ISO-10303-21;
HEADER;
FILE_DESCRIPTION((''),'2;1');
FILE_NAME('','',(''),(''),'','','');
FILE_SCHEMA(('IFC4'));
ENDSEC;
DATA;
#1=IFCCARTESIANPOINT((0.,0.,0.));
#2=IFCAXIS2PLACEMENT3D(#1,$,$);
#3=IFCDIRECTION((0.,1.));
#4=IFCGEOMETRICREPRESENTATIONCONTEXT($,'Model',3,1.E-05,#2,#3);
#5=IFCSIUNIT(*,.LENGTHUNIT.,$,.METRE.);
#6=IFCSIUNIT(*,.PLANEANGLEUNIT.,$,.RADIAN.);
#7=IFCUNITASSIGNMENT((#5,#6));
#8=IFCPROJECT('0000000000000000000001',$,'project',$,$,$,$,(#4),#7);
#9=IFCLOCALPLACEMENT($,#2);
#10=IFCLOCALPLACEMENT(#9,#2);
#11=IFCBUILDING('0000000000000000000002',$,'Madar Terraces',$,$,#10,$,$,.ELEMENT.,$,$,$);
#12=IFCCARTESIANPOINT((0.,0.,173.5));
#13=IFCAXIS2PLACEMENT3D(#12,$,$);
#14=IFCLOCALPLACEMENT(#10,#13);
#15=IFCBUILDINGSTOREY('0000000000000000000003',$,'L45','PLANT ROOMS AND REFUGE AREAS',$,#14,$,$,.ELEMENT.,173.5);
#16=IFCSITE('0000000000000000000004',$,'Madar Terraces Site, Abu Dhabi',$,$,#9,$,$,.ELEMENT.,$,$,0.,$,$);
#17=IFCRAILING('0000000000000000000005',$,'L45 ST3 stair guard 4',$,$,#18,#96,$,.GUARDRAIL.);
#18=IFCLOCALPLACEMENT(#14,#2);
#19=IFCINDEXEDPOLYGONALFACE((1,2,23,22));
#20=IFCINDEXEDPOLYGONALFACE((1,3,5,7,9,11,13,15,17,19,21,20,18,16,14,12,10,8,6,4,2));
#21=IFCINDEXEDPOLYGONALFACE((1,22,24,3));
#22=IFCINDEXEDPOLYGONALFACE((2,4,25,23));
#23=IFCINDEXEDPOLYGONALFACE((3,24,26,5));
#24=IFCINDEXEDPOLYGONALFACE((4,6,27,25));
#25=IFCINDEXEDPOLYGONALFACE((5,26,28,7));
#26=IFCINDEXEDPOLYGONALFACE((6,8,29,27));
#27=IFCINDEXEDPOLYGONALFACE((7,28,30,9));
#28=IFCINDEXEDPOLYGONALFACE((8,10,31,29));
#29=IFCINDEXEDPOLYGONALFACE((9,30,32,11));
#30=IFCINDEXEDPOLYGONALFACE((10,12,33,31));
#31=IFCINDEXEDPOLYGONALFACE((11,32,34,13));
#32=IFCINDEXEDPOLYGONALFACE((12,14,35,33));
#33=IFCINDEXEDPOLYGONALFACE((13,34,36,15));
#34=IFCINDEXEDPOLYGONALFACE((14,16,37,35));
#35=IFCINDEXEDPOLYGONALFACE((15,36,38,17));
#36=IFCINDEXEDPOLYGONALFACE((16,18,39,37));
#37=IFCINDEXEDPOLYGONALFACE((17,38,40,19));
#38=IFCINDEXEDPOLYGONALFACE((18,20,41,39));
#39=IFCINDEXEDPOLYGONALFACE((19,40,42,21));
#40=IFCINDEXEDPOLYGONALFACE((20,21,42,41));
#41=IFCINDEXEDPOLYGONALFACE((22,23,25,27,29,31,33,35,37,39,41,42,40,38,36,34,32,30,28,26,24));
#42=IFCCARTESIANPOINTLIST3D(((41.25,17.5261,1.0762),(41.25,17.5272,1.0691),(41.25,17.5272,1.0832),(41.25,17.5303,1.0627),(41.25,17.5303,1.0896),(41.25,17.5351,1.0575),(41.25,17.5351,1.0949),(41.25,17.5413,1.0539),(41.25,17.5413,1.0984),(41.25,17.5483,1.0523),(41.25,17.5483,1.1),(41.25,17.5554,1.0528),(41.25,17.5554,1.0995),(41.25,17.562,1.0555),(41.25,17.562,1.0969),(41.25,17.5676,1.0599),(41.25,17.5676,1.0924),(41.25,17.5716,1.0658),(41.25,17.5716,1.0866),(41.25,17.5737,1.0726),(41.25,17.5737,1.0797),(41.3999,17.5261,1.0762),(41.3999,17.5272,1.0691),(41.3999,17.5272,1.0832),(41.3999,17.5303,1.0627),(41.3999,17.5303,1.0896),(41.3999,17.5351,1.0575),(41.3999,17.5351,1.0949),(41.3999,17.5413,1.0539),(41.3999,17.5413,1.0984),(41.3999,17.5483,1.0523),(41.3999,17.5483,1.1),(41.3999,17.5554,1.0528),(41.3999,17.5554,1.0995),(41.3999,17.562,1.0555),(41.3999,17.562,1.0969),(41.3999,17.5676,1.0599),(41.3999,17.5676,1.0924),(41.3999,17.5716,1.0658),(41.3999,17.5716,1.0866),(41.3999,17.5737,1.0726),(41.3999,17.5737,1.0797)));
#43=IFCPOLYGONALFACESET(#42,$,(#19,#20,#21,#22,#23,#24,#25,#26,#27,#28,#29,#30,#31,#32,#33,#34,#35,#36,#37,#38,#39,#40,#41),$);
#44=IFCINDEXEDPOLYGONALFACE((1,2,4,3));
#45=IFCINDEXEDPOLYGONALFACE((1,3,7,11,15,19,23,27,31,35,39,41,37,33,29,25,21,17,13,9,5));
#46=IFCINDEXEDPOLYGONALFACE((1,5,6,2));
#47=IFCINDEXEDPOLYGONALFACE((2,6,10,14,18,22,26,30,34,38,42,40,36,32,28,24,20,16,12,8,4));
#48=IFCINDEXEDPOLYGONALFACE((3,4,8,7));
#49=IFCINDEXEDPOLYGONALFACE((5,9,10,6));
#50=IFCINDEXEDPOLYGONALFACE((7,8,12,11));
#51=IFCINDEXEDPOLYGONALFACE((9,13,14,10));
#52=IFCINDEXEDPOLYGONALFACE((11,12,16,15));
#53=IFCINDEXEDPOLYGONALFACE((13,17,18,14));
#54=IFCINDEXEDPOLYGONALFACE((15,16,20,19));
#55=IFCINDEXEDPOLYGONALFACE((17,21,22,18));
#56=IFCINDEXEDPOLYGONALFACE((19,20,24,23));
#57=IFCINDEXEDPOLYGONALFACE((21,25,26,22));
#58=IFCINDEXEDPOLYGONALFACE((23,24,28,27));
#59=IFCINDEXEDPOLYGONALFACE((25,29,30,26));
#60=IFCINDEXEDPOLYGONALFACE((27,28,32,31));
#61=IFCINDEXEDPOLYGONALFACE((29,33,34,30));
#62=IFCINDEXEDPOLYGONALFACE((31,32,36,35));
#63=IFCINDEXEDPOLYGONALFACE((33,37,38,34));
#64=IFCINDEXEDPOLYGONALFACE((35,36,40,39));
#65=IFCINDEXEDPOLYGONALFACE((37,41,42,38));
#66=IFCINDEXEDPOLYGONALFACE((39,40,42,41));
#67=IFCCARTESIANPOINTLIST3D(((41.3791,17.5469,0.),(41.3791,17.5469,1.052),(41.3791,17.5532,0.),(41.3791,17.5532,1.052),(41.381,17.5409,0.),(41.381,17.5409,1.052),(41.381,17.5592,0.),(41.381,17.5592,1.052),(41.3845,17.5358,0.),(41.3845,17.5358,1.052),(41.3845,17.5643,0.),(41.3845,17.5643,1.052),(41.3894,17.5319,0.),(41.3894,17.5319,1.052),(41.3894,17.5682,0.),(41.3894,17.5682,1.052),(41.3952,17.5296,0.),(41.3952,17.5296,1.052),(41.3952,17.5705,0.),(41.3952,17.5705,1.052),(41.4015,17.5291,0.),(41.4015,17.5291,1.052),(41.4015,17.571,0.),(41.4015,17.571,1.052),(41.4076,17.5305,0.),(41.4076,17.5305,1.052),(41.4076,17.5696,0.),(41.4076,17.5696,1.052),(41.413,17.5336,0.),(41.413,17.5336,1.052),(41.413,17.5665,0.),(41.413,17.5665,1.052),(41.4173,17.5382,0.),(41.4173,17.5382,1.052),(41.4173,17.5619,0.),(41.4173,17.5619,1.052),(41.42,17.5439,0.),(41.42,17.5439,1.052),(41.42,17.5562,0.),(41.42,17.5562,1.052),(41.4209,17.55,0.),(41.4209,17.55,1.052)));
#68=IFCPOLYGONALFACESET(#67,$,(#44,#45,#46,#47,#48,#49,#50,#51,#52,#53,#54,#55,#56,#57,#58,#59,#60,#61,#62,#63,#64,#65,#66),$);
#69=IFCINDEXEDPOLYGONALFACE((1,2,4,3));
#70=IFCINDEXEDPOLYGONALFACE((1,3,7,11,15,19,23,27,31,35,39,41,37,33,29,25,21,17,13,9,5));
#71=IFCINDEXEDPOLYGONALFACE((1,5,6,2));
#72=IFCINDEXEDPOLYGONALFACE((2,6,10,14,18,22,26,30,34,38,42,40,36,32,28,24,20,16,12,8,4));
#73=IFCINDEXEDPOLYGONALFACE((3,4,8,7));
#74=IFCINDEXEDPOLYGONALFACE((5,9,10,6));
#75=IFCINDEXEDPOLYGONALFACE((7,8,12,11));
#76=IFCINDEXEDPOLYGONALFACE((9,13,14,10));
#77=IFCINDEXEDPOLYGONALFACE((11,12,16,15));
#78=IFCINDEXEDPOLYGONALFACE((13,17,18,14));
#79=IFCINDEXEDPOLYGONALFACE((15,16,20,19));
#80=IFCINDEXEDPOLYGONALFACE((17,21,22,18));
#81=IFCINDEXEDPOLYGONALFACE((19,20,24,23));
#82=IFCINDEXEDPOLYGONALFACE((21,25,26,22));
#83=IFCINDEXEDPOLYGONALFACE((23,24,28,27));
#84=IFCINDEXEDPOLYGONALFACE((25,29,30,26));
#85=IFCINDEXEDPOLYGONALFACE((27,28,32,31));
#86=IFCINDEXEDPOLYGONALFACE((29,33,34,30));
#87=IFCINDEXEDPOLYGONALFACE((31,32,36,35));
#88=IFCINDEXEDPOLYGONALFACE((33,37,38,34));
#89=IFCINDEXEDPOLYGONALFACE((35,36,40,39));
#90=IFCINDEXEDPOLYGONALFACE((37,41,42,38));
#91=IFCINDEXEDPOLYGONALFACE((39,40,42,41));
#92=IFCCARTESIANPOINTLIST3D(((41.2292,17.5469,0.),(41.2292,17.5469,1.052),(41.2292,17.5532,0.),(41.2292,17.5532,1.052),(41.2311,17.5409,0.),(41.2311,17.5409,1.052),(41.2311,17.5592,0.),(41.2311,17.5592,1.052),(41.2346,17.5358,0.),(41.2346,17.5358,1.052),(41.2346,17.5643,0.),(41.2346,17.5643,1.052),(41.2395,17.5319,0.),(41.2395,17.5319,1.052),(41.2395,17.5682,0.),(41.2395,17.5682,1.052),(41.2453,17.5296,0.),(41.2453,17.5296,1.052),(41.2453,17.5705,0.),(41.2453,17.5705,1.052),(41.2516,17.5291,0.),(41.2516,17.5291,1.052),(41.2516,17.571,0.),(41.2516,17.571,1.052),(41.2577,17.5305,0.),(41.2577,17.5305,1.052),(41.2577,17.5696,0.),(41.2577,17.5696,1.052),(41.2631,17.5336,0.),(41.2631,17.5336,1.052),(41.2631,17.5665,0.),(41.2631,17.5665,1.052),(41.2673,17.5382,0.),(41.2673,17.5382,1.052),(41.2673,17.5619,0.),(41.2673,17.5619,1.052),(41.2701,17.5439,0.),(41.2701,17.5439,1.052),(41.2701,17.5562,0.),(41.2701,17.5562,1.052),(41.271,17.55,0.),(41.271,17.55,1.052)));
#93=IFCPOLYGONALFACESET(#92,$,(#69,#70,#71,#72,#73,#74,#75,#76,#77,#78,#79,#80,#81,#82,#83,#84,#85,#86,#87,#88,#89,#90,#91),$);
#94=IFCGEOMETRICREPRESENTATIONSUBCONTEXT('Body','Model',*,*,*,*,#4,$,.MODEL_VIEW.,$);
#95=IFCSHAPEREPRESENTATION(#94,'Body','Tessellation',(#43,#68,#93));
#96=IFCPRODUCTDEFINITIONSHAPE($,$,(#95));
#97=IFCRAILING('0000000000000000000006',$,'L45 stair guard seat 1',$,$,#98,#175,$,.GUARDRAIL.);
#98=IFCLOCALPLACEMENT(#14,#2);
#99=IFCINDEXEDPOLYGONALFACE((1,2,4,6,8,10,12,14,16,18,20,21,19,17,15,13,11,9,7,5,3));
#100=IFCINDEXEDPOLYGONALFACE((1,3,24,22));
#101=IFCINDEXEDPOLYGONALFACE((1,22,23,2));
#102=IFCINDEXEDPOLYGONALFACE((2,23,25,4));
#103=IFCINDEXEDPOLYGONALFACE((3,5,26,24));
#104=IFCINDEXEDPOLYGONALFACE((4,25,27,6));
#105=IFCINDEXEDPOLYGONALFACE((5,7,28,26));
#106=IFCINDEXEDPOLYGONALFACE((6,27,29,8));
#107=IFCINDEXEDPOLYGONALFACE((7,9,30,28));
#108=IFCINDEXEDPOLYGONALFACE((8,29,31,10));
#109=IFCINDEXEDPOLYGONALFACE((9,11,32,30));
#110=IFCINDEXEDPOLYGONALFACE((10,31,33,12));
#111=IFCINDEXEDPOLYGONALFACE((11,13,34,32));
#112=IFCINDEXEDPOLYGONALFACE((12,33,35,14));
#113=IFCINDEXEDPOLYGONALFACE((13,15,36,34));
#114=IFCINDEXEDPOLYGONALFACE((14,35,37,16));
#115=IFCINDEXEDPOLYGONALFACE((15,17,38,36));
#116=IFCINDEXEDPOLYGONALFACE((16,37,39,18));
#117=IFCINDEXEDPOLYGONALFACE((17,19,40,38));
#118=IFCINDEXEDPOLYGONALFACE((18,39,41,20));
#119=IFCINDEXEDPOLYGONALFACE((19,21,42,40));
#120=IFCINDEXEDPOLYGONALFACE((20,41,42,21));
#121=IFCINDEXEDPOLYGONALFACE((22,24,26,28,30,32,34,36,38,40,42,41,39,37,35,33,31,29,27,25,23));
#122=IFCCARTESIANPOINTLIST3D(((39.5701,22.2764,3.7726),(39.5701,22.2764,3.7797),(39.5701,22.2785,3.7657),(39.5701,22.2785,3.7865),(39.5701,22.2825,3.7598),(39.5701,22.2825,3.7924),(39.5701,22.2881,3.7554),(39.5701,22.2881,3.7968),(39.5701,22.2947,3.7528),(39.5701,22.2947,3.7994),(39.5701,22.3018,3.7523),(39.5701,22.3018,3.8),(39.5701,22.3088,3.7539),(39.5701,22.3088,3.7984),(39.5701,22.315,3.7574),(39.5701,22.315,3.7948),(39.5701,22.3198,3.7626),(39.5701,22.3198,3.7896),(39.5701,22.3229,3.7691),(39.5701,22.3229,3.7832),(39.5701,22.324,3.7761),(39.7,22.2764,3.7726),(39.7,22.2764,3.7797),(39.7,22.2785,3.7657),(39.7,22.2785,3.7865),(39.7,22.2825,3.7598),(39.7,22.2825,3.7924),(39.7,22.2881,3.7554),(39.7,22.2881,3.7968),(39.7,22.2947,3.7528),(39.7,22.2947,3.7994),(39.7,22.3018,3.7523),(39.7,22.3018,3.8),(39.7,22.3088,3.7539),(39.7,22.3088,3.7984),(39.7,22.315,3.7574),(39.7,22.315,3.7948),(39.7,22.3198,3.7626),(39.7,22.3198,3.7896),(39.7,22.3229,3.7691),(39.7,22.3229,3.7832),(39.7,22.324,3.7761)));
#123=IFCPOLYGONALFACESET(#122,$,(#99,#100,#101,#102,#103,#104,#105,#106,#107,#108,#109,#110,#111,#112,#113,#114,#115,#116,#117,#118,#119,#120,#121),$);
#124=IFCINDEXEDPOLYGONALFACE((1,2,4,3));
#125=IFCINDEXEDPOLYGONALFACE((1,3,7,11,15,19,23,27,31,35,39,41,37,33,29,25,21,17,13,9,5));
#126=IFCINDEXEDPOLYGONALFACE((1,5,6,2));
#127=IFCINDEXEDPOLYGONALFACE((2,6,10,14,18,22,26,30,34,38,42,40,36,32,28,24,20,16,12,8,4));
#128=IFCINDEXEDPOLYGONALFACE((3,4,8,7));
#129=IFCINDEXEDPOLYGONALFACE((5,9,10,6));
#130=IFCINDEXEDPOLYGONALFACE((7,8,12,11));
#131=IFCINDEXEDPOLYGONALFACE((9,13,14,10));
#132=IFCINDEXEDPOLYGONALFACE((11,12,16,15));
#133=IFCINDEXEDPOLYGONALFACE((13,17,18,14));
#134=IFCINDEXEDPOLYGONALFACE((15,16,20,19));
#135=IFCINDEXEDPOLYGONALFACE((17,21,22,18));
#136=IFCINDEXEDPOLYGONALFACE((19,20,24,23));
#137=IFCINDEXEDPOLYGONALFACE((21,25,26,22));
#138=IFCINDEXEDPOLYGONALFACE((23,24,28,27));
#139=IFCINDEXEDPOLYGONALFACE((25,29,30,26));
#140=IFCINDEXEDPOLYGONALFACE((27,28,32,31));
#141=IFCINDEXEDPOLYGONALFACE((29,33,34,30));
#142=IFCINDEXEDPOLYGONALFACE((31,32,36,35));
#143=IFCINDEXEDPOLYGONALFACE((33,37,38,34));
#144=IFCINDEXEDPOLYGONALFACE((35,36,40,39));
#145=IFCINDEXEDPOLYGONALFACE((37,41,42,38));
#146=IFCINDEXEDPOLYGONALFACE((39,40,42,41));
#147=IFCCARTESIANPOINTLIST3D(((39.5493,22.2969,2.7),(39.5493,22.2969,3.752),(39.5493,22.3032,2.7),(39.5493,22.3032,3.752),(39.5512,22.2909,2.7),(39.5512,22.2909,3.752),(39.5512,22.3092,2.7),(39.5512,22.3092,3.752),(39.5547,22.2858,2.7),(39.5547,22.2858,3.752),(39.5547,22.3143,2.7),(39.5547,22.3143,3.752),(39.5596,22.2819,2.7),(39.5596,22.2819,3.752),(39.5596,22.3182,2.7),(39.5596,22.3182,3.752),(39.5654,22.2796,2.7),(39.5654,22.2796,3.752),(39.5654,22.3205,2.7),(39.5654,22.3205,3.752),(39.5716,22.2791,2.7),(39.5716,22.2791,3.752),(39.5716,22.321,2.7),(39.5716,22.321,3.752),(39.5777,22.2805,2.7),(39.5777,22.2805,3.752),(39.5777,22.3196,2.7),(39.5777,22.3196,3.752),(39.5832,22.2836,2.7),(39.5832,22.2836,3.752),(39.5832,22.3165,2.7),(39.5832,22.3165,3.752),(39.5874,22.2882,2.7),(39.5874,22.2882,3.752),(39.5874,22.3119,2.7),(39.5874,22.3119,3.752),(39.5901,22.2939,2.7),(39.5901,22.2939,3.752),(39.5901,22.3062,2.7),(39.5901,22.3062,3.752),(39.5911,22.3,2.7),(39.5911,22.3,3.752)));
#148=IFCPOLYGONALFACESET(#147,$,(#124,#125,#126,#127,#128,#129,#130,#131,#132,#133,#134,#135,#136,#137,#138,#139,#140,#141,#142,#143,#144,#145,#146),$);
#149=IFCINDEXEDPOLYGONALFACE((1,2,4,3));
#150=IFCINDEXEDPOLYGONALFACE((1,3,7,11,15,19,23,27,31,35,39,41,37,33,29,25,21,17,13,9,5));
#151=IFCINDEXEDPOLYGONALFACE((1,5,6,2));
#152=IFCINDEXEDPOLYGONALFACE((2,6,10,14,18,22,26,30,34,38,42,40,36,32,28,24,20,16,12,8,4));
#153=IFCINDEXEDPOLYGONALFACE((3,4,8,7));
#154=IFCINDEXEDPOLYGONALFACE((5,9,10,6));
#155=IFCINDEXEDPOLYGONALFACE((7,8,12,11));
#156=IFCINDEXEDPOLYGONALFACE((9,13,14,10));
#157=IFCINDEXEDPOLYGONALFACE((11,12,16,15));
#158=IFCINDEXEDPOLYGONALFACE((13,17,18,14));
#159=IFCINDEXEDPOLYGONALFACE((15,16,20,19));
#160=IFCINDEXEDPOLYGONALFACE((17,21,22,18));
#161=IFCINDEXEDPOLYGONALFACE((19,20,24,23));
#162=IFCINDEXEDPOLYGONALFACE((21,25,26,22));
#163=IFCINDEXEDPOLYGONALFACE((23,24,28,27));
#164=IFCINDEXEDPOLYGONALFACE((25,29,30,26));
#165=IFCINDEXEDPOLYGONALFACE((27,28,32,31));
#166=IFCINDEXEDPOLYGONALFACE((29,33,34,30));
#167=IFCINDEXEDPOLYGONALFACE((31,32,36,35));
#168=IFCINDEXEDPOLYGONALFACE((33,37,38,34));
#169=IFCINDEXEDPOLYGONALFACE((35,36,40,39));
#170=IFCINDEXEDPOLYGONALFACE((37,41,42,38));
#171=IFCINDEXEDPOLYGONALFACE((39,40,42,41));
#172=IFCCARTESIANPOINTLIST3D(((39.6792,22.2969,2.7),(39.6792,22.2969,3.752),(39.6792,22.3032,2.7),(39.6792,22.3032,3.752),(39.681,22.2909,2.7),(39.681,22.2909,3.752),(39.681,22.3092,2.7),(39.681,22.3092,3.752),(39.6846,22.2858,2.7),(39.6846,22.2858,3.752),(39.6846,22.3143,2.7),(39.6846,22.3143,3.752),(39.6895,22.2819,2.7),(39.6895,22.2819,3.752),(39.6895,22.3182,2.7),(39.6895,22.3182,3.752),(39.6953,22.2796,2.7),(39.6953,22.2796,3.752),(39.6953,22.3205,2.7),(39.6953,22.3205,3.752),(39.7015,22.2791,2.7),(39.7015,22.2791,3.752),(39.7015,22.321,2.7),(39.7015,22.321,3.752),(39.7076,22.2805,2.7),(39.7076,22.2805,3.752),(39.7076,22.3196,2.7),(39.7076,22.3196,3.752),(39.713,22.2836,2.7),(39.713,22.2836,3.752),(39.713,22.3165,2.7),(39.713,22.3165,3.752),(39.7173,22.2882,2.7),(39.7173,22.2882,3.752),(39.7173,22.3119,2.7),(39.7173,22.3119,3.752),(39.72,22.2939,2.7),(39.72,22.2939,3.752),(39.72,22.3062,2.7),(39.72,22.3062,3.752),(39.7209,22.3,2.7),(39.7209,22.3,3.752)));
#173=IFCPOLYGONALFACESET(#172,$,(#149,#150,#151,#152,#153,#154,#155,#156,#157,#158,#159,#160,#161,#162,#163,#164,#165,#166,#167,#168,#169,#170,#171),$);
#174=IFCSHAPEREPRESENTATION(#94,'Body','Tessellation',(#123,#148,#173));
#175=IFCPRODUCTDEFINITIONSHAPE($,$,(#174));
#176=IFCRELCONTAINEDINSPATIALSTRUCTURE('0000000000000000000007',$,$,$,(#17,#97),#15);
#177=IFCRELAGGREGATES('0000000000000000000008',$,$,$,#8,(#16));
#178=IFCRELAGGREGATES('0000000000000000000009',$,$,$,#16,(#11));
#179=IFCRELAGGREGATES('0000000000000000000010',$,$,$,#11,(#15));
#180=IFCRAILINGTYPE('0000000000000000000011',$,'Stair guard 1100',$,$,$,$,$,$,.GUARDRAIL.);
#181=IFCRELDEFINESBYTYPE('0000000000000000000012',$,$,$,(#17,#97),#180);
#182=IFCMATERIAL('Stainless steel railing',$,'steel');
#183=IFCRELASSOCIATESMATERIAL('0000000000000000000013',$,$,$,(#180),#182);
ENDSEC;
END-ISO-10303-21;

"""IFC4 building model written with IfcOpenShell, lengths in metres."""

from ifc_helpers import new_model, si_unit, direction, frame, origin, origin_2d, place, context, subcontext, project, spatial, circle, extrude, material, type_object, element, save


model = new_model("IFC4")

# Units and contexts
model_context = context("Model", 3, precision=1e-05, world=origin(), true_north=direction((0.0, 1.0)))
body_context = subcontext(model_context, "Body", "Model", "MODEL_VIEW")
ifc_project = project(units=[si_unit("LENGTHUNIT", "METRE"), si_unit("PLANEANGLEUNIT", "RADIAN")], contexts=[model_context])

# Site, building, storey
site_placement = place(None, origin())
site = spatial("IfcSite", under=ifc_project, at=site_placement, Name="Madar Terraces Site, Abu Dhabi", CompositionType="ELEMENT", RefElevation=0.0)
building_placement = place(site_placement, origin())
building = spatial("IfcBuilding", under=site, at=building_placement, Name="Madar Terraces", CompositionType="ELEMENT")
storey_placement = place(building_placement, frame((0.0, 0.0, 173.5)))
storey = spatial("IfcBuildingStorey", under=building, at=storey_placement, Name="L45", Description="PLANT ROOMS AND REFUGE AREAS", CompositionType="ELEMENT", Elevation=173.5)

# Railings
ifc_material_1 = material(Name="Stainless steel railing", Category="steel")
railing_type_1 = type_object("IfcRailingType", Name="Stair guard 1100", PredefinedType="GUARDRAIL", material=ifc_material_1)
railing_1_placement = place(storey_placement, frame((41.3999, 17.55, 0.0)))
element("IfcRailing", 1, at=railing_1_placement, inside=storey, type_object=railing_type_1, Name="L45 ST3 stair guard 4", PredefinedType="GUARDRAIL", context=body_context, shape_type="SweptSolid", body=[
    extrude(circle(Radius=0.0239, at=origin_2d()), frame((0.0, 0.0, 1.0762), z_axis=(-1.0, 0.0, 0.0), x_axis=(0.0, -1.0, 0.0)), (0.0, 0.0, 1.0), 0.1499),
    extrude(circle(Radius=0.021, at=origin_2d()), origin(), (0.0, 0.0, 1.0), 1.052),
    extrude(circle(Radius=0.021, at=origin_2d()), frame((-0.1499, 0.0, 0.0)), (0.0, 0.0, 1.0), 1.052),
])
railing_2_placement = place(storey_placement, frame((39.5701, 22.3, 2.7)))
element("IfcRailing", 2, at=railing_2_placement, inside=storey, type_object=railing_type_1, Name="L45 stair guard seat 1", PredefinedType="GUARDRAIL", context=body_context, shape_type="SweptSolid", body=[
    extrude(circle(Radius=0.0239, at=origin_2d()), frame((0.0, 0.0, 1.0762), z_axis=(1.0, 0.0, 0.0), x_axis=(0.0, 1.0, 0.0)), (0.0, 0.0, 1.0), 0.1299),
    extrude(circle(Radius=0.021, at=origin_2d()), origin(), (0.0, 0.0, 1.0), 1.052),
    extrude(circle(Radius=0.021, at=origin_2d()), frame((0.1299, 0.0, 0.0)), (0.0, 0.0, 1.0), 1.052),
])

save(model, "model.ifc")
